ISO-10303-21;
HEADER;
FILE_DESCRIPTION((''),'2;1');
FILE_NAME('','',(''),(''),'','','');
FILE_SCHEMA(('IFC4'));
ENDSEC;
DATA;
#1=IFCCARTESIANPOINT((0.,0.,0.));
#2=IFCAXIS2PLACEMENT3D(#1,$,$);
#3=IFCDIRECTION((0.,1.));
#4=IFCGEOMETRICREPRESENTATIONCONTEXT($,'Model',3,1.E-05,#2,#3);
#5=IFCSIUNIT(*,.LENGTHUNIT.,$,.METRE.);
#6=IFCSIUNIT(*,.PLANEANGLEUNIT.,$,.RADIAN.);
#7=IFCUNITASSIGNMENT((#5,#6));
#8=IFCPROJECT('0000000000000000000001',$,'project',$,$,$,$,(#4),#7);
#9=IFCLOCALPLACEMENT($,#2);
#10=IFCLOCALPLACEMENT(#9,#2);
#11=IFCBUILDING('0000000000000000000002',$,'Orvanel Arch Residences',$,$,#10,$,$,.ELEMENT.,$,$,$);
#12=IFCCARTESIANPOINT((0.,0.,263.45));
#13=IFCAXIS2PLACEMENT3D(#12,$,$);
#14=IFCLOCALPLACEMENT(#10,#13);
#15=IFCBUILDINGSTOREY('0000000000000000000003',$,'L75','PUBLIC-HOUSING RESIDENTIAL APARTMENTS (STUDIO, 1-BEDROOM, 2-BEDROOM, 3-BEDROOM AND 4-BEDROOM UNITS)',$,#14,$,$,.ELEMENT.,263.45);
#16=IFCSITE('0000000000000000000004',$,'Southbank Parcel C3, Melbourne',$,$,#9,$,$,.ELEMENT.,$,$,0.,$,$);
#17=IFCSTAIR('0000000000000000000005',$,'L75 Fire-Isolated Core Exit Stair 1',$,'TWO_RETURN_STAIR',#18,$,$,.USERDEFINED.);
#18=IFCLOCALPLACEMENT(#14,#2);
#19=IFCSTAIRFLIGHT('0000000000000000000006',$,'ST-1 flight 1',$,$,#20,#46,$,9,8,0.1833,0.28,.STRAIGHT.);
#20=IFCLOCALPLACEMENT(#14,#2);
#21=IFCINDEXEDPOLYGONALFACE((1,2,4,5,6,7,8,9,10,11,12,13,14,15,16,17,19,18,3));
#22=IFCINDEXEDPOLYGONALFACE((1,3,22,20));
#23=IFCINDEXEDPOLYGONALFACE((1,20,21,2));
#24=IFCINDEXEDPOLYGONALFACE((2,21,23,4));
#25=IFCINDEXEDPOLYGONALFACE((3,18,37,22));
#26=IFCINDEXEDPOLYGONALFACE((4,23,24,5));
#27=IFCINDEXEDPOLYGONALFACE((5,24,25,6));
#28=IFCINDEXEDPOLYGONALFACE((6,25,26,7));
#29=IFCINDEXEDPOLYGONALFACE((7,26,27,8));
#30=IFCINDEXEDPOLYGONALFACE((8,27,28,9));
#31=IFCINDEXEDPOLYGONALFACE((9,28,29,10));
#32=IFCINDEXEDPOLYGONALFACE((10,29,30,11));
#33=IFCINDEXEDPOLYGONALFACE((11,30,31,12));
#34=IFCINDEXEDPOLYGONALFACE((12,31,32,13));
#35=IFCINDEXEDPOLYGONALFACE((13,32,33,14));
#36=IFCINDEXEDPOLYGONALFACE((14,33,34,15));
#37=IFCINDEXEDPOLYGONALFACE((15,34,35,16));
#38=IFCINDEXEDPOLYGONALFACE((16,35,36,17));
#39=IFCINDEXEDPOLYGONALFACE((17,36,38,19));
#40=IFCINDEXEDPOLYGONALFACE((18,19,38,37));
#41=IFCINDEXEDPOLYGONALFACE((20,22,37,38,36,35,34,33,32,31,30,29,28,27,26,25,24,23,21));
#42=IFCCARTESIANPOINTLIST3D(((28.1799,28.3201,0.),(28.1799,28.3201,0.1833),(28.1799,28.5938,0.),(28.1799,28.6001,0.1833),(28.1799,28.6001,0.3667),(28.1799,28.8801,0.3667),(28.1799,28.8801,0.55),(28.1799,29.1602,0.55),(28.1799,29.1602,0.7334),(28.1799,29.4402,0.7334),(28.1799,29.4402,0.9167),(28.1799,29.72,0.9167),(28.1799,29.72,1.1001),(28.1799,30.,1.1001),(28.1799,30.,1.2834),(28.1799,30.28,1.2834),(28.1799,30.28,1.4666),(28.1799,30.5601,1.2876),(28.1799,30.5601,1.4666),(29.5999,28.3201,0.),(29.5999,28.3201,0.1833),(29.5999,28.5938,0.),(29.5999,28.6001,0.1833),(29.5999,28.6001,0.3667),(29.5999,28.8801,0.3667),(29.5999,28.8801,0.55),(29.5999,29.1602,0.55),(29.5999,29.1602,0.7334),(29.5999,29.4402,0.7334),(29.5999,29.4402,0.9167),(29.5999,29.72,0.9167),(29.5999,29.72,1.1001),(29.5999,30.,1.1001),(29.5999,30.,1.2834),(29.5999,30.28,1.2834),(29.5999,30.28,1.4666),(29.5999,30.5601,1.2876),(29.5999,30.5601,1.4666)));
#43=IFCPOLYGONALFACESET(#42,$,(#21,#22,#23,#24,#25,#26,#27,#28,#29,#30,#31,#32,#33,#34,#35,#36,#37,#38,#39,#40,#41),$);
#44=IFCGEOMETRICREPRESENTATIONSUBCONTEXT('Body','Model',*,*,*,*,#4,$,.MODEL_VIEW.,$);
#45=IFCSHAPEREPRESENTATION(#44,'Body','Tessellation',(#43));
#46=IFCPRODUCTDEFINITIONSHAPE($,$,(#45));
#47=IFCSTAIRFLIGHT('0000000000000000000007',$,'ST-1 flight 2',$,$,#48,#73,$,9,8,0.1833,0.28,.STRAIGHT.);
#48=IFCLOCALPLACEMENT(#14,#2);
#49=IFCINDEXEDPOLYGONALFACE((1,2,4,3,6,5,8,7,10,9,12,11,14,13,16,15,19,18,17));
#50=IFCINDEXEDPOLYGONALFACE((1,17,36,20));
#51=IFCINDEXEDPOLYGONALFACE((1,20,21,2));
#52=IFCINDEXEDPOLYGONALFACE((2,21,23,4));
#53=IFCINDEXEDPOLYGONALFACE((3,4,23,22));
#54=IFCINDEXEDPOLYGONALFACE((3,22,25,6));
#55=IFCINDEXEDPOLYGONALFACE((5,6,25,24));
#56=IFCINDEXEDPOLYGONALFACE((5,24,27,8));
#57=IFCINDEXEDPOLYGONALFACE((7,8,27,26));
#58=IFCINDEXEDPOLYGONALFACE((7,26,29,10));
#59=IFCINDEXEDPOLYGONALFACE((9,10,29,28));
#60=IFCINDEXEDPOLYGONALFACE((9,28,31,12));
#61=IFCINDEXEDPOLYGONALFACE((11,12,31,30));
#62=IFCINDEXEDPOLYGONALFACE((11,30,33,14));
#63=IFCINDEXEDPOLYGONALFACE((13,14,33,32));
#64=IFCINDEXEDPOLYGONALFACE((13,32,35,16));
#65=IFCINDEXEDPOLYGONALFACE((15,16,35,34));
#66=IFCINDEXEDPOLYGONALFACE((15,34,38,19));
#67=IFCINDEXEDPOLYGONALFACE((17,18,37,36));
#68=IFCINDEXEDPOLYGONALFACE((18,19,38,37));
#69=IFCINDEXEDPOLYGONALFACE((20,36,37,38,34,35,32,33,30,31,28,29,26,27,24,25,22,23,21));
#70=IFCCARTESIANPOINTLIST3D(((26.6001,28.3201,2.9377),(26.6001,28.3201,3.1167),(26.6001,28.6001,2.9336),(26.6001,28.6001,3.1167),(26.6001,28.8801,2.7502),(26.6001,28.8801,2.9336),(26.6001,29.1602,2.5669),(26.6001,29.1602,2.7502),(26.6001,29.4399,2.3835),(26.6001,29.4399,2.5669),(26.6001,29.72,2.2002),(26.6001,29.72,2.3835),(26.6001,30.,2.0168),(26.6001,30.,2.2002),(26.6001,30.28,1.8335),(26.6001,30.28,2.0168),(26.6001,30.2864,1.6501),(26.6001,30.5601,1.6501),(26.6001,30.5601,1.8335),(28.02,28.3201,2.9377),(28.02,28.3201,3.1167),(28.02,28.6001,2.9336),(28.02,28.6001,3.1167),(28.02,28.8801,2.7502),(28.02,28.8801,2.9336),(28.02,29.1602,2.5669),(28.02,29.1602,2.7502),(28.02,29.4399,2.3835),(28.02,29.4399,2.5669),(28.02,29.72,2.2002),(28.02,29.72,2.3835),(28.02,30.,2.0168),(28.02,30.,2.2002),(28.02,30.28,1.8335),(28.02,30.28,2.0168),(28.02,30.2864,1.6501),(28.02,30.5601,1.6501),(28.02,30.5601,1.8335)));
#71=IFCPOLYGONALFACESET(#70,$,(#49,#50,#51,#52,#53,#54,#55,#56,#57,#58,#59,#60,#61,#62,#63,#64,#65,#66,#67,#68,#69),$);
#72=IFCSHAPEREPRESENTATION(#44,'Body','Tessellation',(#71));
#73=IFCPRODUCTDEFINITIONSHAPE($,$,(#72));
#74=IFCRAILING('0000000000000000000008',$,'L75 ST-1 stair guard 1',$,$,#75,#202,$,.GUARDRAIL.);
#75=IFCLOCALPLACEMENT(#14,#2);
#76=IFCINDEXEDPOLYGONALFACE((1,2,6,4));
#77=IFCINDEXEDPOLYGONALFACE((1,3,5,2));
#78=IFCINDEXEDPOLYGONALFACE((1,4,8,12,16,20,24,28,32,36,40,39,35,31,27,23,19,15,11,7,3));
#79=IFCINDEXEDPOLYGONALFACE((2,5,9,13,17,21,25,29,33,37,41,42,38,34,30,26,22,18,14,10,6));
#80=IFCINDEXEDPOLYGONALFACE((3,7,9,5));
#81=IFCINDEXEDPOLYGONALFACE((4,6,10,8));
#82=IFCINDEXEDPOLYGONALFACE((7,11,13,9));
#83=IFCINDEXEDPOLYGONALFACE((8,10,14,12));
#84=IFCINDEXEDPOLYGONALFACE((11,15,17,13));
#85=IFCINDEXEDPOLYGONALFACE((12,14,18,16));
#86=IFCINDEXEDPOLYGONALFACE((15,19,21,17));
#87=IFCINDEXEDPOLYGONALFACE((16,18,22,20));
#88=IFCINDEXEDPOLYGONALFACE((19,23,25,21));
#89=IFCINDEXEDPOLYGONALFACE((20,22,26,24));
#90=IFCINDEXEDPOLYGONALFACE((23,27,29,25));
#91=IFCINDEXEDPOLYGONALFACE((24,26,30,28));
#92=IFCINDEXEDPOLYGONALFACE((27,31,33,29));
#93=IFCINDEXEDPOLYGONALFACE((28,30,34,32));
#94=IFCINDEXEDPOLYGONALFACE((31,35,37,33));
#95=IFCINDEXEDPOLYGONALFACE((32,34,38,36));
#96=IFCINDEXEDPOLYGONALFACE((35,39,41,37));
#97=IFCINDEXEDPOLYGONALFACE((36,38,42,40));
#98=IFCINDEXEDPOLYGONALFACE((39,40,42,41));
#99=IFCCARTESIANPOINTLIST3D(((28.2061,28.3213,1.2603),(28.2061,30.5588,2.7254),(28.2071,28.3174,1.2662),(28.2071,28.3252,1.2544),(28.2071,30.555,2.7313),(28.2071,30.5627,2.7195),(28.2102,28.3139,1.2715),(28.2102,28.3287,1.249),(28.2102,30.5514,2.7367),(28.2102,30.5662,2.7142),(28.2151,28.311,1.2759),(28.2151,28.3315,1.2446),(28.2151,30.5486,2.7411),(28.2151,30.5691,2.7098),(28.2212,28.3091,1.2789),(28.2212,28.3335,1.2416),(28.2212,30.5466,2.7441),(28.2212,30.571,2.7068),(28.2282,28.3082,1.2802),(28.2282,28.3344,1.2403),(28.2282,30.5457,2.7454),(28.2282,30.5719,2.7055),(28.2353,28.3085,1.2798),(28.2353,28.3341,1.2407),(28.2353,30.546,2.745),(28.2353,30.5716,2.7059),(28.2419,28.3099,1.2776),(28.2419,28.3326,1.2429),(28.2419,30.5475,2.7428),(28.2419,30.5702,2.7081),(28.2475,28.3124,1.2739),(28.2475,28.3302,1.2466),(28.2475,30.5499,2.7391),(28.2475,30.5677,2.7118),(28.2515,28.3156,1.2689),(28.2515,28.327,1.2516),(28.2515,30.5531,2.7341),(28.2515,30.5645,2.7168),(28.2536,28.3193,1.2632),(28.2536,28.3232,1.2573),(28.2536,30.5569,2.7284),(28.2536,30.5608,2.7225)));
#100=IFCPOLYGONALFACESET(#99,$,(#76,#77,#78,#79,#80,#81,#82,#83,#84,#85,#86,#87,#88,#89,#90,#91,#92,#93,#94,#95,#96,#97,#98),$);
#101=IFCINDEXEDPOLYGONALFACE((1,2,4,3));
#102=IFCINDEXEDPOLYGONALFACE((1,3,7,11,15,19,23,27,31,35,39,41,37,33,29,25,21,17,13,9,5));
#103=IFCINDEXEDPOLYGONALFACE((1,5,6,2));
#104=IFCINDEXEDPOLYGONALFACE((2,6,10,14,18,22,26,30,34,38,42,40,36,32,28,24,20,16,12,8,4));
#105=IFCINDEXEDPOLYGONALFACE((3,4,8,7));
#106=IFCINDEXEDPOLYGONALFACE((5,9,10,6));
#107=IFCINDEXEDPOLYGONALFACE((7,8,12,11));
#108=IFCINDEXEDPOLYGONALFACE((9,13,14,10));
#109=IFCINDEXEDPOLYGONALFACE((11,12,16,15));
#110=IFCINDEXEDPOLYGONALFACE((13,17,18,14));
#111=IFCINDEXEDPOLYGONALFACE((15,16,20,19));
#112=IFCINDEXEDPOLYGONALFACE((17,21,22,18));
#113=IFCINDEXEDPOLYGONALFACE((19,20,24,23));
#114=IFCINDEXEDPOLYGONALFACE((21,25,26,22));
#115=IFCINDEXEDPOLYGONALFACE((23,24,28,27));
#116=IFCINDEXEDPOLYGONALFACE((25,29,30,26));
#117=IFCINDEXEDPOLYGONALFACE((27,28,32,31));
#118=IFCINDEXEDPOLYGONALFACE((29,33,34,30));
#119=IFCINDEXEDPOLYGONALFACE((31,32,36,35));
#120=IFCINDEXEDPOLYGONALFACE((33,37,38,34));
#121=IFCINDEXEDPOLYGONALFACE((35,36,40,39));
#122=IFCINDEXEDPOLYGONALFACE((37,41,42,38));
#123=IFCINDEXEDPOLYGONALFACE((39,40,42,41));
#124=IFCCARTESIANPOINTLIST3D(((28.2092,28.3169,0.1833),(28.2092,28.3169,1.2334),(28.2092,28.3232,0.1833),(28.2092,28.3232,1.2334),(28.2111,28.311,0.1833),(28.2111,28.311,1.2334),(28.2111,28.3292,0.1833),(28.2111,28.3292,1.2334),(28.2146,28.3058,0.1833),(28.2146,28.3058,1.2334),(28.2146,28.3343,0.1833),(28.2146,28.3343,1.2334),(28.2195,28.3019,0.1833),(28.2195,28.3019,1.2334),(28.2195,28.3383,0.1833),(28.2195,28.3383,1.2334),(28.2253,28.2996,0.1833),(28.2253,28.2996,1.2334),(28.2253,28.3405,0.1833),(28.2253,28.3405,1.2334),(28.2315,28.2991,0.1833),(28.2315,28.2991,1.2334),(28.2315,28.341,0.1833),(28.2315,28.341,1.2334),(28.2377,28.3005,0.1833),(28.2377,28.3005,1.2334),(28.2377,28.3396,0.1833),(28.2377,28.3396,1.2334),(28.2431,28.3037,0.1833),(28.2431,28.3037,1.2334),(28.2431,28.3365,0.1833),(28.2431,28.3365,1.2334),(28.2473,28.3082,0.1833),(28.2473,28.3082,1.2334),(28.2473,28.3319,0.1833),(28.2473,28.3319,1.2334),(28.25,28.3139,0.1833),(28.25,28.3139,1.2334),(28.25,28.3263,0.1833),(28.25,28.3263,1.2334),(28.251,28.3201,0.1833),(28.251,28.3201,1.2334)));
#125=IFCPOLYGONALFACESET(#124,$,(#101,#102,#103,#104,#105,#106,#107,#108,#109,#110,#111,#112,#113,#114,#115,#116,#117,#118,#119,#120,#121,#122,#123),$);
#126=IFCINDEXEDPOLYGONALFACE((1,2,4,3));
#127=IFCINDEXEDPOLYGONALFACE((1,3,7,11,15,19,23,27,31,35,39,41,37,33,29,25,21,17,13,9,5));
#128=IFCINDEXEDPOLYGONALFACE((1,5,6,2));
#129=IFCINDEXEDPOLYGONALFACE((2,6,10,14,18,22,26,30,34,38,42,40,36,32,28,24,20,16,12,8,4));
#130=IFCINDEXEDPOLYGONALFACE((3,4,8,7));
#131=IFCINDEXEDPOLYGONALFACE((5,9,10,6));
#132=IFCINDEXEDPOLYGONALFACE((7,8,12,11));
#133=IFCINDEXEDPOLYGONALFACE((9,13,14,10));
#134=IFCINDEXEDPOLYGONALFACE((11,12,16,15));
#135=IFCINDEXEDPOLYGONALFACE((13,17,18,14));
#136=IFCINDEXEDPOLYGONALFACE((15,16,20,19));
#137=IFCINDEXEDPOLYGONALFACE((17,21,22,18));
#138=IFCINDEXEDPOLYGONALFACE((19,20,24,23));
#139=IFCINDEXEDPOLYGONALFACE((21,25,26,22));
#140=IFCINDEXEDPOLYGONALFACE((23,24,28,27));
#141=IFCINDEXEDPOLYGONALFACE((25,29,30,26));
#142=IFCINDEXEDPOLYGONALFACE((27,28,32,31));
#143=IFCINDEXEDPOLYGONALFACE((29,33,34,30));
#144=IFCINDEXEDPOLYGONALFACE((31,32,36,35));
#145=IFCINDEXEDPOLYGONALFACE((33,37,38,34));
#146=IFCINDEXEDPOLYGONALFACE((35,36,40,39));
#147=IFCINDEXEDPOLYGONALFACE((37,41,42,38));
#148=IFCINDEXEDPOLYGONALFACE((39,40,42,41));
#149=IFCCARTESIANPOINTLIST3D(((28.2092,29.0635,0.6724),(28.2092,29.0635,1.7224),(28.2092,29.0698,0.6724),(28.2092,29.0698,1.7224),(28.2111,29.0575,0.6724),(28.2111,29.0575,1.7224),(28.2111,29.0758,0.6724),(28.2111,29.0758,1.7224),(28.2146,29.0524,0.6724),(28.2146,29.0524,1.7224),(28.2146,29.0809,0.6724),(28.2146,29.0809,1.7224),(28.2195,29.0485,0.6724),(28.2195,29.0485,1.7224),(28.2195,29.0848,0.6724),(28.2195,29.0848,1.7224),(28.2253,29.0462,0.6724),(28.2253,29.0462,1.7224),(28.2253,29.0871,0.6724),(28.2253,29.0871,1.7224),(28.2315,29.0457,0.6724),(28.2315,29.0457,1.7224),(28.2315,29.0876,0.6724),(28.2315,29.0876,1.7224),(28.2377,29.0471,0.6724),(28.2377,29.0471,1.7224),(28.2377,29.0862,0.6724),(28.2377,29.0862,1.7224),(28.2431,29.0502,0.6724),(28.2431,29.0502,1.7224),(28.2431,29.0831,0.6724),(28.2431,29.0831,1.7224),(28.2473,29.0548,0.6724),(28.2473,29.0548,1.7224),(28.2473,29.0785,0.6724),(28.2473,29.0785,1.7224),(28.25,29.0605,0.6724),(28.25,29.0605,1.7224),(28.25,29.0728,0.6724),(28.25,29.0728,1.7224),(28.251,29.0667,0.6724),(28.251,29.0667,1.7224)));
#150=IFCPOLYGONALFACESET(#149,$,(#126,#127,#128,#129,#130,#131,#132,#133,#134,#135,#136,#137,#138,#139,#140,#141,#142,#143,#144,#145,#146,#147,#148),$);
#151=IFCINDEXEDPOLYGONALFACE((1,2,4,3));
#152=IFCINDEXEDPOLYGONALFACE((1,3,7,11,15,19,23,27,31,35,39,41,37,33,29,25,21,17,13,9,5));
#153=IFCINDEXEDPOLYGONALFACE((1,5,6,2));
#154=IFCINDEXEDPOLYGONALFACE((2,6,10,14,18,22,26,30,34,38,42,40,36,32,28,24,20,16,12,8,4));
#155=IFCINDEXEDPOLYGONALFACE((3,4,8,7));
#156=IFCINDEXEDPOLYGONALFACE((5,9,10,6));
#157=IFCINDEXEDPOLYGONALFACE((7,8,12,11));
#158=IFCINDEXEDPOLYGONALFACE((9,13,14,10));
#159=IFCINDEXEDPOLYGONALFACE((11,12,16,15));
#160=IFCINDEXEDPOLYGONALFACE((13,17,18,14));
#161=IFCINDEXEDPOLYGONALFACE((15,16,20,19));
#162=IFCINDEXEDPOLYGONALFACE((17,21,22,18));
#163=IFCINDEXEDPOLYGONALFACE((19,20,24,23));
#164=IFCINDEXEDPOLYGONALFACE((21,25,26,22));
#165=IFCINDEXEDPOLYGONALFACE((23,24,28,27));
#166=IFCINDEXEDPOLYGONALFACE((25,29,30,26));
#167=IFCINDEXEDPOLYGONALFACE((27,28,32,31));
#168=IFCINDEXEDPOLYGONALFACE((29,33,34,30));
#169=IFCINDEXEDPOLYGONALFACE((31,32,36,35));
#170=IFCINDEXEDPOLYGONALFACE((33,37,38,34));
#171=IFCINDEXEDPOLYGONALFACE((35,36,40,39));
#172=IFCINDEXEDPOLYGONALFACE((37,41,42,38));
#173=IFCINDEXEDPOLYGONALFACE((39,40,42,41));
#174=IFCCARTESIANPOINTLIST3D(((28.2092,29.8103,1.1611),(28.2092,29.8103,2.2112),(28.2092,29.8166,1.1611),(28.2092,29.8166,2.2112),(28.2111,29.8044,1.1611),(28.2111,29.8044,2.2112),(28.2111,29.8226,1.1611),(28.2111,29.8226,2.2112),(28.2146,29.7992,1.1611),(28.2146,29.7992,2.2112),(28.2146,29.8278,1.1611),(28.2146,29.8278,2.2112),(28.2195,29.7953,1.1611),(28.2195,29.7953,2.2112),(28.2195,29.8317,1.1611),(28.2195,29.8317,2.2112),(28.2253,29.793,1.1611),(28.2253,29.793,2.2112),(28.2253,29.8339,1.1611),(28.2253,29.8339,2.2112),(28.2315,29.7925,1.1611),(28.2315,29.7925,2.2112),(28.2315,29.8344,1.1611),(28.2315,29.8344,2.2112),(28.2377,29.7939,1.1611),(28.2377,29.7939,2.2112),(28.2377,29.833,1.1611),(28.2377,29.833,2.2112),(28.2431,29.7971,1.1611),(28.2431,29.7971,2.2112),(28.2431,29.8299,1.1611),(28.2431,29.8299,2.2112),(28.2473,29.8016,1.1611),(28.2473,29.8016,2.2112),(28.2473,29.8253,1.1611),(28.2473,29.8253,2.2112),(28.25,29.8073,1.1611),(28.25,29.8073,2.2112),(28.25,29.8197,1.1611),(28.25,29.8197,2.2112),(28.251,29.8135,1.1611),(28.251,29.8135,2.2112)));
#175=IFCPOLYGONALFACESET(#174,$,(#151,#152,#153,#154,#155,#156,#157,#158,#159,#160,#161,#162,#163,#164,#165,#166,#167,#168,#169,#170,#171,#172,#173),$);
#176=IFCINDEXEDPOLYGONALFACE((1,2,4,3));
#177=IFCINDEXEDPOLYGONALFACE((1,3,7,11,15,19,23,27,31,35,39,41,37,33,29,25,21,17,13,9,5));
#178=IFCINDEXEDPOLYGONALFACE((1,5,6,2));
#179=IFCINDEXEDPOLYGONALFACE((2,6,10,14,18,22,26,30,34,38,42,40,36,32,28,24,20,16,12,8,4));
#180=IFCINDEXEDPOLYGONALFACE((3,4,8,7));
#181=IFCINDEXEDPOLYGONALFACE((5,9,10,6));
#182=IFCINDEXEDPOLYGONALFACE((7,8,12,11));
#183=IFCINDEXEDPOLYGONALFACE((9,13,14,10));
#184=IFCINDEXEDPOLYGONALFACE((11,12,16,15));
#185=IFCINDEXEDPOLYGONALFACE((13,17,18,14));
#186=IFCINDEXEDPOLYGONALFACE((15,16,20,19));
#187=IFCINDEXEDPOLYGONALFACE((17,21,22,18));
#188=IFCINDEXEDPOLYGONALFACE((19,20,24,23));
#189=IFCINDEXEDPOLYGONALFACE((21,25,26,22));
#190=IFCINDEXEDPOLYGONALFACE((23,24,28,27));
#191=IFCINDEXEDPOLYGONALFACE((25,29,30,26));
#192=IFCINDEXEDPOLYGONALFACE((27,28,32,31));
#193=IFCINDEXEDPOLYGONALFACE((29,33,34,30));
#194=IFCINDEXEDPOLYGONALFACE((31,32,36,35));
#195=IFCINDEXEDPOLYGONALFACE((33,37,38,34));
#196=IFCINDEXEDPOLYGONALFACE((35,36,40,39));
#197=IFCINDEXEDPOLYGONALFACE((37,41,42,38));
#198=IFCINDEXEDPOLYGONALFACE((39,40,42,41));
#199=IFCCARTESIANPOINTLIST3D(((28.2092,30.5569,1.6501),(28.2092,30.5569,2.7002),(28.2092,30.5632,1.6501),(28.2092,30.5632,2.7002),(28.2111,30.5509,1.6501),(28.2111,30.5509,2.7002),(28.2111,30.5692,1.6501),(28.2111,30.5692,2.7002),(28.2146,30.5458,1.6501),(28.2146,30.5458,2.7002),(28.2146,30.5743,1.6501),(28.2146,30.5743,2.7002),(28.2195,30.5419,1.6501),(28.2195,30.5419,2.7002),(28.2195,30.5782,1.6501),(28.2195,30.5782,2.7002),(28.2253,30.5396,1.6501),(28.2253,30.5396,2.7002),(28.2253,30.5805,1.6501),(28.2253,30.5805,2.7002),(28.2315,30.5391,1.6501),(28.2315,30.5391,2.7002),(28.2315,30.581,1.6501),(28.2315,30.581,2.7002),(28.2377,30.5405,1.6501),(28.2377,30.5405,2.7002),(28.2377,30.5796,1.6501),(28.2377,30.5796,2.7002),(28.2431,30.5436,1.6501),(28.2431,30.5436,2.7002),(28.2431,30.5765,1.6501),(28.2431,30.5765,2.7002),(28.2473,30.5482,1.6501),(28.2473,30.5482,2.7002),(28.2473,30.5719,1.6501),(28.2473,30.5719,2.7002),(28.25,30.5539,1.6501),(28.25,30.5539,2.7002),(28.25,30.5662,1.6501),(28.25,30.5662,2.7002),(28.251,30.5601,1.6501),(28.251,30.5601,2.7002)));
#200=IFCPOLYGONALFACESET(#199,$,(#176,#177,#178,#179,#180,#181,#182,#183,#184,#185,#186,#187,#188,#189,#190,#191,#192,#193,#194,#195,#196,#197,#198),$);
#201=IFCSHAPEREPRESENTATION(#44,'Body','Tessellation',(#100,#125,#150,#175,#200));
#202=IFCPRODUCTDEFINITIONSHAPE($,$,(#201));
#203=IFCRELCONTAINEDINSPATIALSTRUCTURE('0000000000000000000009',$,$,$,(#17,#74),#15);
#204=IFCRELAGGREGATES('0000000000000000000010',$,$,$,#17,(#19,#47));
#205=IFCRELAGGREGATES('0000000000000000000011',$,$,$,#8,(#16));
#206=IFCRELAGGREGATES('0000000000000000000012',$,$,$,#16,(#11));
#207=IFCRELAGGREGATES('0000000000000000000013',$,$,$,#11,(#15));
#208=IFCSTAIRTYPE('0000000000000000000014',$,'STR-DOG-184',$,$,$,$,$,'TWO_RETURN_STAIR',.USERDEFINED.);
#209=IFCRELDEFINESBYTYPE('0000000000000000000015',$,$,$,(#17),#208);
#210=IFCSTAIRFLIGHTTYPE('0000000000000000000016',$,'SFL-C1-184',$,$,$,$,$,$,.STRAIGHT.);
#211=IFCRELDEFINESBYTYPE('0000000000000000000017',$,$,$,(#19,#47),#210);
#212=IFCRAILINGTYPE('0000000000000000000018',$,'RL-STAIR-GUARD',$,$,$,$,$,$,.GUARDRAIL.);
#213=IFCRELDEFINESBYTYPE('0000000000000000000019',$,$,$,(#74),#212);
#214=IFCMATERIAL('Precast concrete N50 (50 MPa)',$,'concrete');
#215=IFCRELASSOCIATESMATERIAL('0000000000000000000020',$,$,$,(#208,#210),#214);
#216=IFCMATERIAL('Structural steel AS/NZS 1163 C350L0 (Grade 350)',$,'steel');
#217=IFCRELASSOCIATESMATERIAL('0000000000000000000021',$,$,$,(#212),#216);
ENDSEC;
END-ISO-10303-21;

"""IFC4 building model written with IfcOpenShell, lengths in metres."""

from ifc_helpers import new_model, si_unit, direction, frame, origin, origin_2d, place, context, subcontext, project, spatial, polyline, circle, outline, extrude, material, type_object, element, aggregate, save


model = new_model("IFC4")

# Units and contexts
model_context = context("Model", 3, precision=1e-05, world=origin(), true_north=direction((0.0, 1.0)))
body_context = subcontext(model_context, "Body", "Model", "MODEL_VIEW")
ifc_project = project(units=[si_unit("LENGTHUNIT", "METRE"), si_unit("PLANEANGLEUNIT", "RADIAN")], contexts=[model_context])

# Site, building, storey
site_placement = place(None, origin())
site = spatial("IfcSite", under=ifc_project, at=site_placement, Name="Southbank Parcel C3, Melbourne", CompositionType="ELEMENT", RefElevation=0.0)
building_placement = place(site_placement, origin())
building = spatial("IfcBuilding", under=site, at=building_placement, Name="Orvanel Arch Residences", CompositionType="ELEMENT")
storey_placement = place(building_placement, frame((0.0, 0.0, 263.45)))
storey = spatial("IfcBuildingStorey", under=building, at=storey_placement, Name="L75", Description="PUBLIC-HOUSING RESIDENTIAL APARTMENTS (STUDIO, 1-BEDROOM, 2-BEDROOM, 3-BEDROOM AND 4-BEDROOM UNITS)", CompositionType="ELEMENT", Elevation=263.45)

# Stair, stair flights
ifc_material_1 = material(Name="Precast concrete N50 (50 MPa)", Category="concrete")
stair_type = type_object("IfcStairType", Name="STR-DOG-184", ElementType="TWO_RETURN_STAIR", PredefinedType="USERDEFINED", material=ifc_material_1)
stair_placement = place(storey_placement, origin())
stair = element("IfcStair", 1, at=stair_placement, inside=storey, type_object=stair_type, Name="L75 Fire-Isolated Core Exit Stair 1", ObjectType="TWO_RETURN_STAIR", PredefinedType="USERDEFINED")
stair_flight_type = type_object("IfcStairFlightType", Name="SFL-C1-184", PredefinedType="STRAIGHT", material=ifc_material_1)
stair_flight_1_placement = place(storey_placement, frame((28.8899, 28.3201, 0.0), z_axis=(0.0, 0.0, 1.0), x_axis=(0.0, 1.0, 0.0)))
stair_flight_1 = element("IfcStairFlight", 2, at=stair_flight_1_placement, type_object=stair_flight_type, Name="ST-1 flight 1", NumberOfRisers=9, NumberOfTreads=8, PredefinedType="STRAIGHT", RiserHeight=0.1833, TreadLength=0.28, context=body_context, shape_type="SweptSolid", body=[
    extrude(outline(polyline([(0.0, 0.0), (0.0, 0.1833), (0.28, 0.1833), (0.28, 0.3667), (0.5601, 0.3667), (0.5601, 0.55), (0.8401, 0.55), (0.8401, 0.7334), (1.1201, 0.7334), (1.1201, 0.9167), (1.3999, 0.9167), (1.3999, 1.1001), (1.6799, 1.1001), (1.6799, 1.2834), (1.96, 1.2834), (1.96, 1.4666), (2.24, 1.4666), (2.24, 1.6499), (2.24, 1.2876), (0.2737, 0.0), (0.0, 0.0)])), frame((0.0, 0.71, 0.0), z_axis=(0.0, -1.0, 0.0), x_axis=(1.0, 0.0, 0.0)), (0.0, 0.0, 1.0), 1.4199),
])
stair_flight_2_placement = place(storey_placement, frame((27.3101, 30.5601, 1.6501), z_axis=(0.0, 0.0, 1.0), x_axis=(0.0, -1.0, 0.0)))
stair_flight_2 = element("IfcStairFlight", 3, at=stair_flight_2_placement, type_object=stair_flight_type, Name="ST-1 flight 2", NumberOfRisers=9, NumberOfTreads=8, PredefinedType="STRAIGHT", RiserHeight=0.1833, TreadLength=0.28, context=body_context, shape_type="SweptSolid", body=[
    extrude(outline(polyline([(0.0, 0.0), (0.0, 0.1833), (0.28, 0.1833), (0.28, 0.3667), (0.5601, 0.3667), (0.5601, 0.55), (0.8401, 0.55), (0.8401, 0.7334), (1.1201, 0.7334), (1.1201, 0.9167), (1.3999, 0.9167), (1.3999, 1.1001), (1.6799, 1.1001), (1.6799, 1.2834), (1.96, 1.2834), (1.96, 1.4666), (2.24, 1.4666), (2.24, 1.6499), (2.24, 1.2876), (0.2737, 0.0), (0.0, 0.0)])), frame((0.0, 0.71, 0.0), z_axis=(0.0, -1.0, 0.0), x_axis=(1.0, 0.0, 0.0)), (0.0, 0.0, 1.0), 1.4199),
])
aggregate(stair, [stair_flight_1, stair_flight_2])

# Railing
ifc_material_2 = material(Name="Structural steel AS/NZS 1163 C350L0 (Grade 350)", Category="steel")
railing_type_1 = type_object("IfcRailingType", Name="RL-STAIR-GUARD", PredefinedType="GUARDRAIL", material=ifc_material_2)
railing_1_placement = place(storey_placement, frame((28.23, 28.3201, 0.1833)))
element("IfcRailing", 4, at=railing_1_placement, inside=storey, type_object=railing_type_1, Name="L75 ST-1 stair guard 1", PredefinedType="GUARDRAIL", context=body_context, shape_type="SweptSolid", body=[
    extrude(circle(Radius=0.0239, at=origin_2d()), frame((0.0, 0.0012, 1.0769), z_axis=(0.0, 0.836595, 0.547822), x_axis=(-1.0, 0.0, 0.0)), (0.0, 0.0, 1.0), 2.6746),
    extrude(circle(Radius=0.021, at=origin_2d()), origin(), (0.0, 0.0, 1.0), 1.05),
    extrude(circle(Radius=0.021, at=origin_2d()), frame((0.0, 0.7466, 0.489)), (0.0, 0.0, 1.0), 1.05),
    extrude(circle(Radius=0.021, at=origin_2d()), frame((0.0, 1.4934, 0.9778)), (0.0, 0.0, 1.0), 1.05),
    extrude(circle(Radius=0.021, at=origin_2d()), frame((0.0, 2.24, 1.4668)), (0.0, 0.0, 1.0), 1.05),
])

save(model, "model.ifc")
